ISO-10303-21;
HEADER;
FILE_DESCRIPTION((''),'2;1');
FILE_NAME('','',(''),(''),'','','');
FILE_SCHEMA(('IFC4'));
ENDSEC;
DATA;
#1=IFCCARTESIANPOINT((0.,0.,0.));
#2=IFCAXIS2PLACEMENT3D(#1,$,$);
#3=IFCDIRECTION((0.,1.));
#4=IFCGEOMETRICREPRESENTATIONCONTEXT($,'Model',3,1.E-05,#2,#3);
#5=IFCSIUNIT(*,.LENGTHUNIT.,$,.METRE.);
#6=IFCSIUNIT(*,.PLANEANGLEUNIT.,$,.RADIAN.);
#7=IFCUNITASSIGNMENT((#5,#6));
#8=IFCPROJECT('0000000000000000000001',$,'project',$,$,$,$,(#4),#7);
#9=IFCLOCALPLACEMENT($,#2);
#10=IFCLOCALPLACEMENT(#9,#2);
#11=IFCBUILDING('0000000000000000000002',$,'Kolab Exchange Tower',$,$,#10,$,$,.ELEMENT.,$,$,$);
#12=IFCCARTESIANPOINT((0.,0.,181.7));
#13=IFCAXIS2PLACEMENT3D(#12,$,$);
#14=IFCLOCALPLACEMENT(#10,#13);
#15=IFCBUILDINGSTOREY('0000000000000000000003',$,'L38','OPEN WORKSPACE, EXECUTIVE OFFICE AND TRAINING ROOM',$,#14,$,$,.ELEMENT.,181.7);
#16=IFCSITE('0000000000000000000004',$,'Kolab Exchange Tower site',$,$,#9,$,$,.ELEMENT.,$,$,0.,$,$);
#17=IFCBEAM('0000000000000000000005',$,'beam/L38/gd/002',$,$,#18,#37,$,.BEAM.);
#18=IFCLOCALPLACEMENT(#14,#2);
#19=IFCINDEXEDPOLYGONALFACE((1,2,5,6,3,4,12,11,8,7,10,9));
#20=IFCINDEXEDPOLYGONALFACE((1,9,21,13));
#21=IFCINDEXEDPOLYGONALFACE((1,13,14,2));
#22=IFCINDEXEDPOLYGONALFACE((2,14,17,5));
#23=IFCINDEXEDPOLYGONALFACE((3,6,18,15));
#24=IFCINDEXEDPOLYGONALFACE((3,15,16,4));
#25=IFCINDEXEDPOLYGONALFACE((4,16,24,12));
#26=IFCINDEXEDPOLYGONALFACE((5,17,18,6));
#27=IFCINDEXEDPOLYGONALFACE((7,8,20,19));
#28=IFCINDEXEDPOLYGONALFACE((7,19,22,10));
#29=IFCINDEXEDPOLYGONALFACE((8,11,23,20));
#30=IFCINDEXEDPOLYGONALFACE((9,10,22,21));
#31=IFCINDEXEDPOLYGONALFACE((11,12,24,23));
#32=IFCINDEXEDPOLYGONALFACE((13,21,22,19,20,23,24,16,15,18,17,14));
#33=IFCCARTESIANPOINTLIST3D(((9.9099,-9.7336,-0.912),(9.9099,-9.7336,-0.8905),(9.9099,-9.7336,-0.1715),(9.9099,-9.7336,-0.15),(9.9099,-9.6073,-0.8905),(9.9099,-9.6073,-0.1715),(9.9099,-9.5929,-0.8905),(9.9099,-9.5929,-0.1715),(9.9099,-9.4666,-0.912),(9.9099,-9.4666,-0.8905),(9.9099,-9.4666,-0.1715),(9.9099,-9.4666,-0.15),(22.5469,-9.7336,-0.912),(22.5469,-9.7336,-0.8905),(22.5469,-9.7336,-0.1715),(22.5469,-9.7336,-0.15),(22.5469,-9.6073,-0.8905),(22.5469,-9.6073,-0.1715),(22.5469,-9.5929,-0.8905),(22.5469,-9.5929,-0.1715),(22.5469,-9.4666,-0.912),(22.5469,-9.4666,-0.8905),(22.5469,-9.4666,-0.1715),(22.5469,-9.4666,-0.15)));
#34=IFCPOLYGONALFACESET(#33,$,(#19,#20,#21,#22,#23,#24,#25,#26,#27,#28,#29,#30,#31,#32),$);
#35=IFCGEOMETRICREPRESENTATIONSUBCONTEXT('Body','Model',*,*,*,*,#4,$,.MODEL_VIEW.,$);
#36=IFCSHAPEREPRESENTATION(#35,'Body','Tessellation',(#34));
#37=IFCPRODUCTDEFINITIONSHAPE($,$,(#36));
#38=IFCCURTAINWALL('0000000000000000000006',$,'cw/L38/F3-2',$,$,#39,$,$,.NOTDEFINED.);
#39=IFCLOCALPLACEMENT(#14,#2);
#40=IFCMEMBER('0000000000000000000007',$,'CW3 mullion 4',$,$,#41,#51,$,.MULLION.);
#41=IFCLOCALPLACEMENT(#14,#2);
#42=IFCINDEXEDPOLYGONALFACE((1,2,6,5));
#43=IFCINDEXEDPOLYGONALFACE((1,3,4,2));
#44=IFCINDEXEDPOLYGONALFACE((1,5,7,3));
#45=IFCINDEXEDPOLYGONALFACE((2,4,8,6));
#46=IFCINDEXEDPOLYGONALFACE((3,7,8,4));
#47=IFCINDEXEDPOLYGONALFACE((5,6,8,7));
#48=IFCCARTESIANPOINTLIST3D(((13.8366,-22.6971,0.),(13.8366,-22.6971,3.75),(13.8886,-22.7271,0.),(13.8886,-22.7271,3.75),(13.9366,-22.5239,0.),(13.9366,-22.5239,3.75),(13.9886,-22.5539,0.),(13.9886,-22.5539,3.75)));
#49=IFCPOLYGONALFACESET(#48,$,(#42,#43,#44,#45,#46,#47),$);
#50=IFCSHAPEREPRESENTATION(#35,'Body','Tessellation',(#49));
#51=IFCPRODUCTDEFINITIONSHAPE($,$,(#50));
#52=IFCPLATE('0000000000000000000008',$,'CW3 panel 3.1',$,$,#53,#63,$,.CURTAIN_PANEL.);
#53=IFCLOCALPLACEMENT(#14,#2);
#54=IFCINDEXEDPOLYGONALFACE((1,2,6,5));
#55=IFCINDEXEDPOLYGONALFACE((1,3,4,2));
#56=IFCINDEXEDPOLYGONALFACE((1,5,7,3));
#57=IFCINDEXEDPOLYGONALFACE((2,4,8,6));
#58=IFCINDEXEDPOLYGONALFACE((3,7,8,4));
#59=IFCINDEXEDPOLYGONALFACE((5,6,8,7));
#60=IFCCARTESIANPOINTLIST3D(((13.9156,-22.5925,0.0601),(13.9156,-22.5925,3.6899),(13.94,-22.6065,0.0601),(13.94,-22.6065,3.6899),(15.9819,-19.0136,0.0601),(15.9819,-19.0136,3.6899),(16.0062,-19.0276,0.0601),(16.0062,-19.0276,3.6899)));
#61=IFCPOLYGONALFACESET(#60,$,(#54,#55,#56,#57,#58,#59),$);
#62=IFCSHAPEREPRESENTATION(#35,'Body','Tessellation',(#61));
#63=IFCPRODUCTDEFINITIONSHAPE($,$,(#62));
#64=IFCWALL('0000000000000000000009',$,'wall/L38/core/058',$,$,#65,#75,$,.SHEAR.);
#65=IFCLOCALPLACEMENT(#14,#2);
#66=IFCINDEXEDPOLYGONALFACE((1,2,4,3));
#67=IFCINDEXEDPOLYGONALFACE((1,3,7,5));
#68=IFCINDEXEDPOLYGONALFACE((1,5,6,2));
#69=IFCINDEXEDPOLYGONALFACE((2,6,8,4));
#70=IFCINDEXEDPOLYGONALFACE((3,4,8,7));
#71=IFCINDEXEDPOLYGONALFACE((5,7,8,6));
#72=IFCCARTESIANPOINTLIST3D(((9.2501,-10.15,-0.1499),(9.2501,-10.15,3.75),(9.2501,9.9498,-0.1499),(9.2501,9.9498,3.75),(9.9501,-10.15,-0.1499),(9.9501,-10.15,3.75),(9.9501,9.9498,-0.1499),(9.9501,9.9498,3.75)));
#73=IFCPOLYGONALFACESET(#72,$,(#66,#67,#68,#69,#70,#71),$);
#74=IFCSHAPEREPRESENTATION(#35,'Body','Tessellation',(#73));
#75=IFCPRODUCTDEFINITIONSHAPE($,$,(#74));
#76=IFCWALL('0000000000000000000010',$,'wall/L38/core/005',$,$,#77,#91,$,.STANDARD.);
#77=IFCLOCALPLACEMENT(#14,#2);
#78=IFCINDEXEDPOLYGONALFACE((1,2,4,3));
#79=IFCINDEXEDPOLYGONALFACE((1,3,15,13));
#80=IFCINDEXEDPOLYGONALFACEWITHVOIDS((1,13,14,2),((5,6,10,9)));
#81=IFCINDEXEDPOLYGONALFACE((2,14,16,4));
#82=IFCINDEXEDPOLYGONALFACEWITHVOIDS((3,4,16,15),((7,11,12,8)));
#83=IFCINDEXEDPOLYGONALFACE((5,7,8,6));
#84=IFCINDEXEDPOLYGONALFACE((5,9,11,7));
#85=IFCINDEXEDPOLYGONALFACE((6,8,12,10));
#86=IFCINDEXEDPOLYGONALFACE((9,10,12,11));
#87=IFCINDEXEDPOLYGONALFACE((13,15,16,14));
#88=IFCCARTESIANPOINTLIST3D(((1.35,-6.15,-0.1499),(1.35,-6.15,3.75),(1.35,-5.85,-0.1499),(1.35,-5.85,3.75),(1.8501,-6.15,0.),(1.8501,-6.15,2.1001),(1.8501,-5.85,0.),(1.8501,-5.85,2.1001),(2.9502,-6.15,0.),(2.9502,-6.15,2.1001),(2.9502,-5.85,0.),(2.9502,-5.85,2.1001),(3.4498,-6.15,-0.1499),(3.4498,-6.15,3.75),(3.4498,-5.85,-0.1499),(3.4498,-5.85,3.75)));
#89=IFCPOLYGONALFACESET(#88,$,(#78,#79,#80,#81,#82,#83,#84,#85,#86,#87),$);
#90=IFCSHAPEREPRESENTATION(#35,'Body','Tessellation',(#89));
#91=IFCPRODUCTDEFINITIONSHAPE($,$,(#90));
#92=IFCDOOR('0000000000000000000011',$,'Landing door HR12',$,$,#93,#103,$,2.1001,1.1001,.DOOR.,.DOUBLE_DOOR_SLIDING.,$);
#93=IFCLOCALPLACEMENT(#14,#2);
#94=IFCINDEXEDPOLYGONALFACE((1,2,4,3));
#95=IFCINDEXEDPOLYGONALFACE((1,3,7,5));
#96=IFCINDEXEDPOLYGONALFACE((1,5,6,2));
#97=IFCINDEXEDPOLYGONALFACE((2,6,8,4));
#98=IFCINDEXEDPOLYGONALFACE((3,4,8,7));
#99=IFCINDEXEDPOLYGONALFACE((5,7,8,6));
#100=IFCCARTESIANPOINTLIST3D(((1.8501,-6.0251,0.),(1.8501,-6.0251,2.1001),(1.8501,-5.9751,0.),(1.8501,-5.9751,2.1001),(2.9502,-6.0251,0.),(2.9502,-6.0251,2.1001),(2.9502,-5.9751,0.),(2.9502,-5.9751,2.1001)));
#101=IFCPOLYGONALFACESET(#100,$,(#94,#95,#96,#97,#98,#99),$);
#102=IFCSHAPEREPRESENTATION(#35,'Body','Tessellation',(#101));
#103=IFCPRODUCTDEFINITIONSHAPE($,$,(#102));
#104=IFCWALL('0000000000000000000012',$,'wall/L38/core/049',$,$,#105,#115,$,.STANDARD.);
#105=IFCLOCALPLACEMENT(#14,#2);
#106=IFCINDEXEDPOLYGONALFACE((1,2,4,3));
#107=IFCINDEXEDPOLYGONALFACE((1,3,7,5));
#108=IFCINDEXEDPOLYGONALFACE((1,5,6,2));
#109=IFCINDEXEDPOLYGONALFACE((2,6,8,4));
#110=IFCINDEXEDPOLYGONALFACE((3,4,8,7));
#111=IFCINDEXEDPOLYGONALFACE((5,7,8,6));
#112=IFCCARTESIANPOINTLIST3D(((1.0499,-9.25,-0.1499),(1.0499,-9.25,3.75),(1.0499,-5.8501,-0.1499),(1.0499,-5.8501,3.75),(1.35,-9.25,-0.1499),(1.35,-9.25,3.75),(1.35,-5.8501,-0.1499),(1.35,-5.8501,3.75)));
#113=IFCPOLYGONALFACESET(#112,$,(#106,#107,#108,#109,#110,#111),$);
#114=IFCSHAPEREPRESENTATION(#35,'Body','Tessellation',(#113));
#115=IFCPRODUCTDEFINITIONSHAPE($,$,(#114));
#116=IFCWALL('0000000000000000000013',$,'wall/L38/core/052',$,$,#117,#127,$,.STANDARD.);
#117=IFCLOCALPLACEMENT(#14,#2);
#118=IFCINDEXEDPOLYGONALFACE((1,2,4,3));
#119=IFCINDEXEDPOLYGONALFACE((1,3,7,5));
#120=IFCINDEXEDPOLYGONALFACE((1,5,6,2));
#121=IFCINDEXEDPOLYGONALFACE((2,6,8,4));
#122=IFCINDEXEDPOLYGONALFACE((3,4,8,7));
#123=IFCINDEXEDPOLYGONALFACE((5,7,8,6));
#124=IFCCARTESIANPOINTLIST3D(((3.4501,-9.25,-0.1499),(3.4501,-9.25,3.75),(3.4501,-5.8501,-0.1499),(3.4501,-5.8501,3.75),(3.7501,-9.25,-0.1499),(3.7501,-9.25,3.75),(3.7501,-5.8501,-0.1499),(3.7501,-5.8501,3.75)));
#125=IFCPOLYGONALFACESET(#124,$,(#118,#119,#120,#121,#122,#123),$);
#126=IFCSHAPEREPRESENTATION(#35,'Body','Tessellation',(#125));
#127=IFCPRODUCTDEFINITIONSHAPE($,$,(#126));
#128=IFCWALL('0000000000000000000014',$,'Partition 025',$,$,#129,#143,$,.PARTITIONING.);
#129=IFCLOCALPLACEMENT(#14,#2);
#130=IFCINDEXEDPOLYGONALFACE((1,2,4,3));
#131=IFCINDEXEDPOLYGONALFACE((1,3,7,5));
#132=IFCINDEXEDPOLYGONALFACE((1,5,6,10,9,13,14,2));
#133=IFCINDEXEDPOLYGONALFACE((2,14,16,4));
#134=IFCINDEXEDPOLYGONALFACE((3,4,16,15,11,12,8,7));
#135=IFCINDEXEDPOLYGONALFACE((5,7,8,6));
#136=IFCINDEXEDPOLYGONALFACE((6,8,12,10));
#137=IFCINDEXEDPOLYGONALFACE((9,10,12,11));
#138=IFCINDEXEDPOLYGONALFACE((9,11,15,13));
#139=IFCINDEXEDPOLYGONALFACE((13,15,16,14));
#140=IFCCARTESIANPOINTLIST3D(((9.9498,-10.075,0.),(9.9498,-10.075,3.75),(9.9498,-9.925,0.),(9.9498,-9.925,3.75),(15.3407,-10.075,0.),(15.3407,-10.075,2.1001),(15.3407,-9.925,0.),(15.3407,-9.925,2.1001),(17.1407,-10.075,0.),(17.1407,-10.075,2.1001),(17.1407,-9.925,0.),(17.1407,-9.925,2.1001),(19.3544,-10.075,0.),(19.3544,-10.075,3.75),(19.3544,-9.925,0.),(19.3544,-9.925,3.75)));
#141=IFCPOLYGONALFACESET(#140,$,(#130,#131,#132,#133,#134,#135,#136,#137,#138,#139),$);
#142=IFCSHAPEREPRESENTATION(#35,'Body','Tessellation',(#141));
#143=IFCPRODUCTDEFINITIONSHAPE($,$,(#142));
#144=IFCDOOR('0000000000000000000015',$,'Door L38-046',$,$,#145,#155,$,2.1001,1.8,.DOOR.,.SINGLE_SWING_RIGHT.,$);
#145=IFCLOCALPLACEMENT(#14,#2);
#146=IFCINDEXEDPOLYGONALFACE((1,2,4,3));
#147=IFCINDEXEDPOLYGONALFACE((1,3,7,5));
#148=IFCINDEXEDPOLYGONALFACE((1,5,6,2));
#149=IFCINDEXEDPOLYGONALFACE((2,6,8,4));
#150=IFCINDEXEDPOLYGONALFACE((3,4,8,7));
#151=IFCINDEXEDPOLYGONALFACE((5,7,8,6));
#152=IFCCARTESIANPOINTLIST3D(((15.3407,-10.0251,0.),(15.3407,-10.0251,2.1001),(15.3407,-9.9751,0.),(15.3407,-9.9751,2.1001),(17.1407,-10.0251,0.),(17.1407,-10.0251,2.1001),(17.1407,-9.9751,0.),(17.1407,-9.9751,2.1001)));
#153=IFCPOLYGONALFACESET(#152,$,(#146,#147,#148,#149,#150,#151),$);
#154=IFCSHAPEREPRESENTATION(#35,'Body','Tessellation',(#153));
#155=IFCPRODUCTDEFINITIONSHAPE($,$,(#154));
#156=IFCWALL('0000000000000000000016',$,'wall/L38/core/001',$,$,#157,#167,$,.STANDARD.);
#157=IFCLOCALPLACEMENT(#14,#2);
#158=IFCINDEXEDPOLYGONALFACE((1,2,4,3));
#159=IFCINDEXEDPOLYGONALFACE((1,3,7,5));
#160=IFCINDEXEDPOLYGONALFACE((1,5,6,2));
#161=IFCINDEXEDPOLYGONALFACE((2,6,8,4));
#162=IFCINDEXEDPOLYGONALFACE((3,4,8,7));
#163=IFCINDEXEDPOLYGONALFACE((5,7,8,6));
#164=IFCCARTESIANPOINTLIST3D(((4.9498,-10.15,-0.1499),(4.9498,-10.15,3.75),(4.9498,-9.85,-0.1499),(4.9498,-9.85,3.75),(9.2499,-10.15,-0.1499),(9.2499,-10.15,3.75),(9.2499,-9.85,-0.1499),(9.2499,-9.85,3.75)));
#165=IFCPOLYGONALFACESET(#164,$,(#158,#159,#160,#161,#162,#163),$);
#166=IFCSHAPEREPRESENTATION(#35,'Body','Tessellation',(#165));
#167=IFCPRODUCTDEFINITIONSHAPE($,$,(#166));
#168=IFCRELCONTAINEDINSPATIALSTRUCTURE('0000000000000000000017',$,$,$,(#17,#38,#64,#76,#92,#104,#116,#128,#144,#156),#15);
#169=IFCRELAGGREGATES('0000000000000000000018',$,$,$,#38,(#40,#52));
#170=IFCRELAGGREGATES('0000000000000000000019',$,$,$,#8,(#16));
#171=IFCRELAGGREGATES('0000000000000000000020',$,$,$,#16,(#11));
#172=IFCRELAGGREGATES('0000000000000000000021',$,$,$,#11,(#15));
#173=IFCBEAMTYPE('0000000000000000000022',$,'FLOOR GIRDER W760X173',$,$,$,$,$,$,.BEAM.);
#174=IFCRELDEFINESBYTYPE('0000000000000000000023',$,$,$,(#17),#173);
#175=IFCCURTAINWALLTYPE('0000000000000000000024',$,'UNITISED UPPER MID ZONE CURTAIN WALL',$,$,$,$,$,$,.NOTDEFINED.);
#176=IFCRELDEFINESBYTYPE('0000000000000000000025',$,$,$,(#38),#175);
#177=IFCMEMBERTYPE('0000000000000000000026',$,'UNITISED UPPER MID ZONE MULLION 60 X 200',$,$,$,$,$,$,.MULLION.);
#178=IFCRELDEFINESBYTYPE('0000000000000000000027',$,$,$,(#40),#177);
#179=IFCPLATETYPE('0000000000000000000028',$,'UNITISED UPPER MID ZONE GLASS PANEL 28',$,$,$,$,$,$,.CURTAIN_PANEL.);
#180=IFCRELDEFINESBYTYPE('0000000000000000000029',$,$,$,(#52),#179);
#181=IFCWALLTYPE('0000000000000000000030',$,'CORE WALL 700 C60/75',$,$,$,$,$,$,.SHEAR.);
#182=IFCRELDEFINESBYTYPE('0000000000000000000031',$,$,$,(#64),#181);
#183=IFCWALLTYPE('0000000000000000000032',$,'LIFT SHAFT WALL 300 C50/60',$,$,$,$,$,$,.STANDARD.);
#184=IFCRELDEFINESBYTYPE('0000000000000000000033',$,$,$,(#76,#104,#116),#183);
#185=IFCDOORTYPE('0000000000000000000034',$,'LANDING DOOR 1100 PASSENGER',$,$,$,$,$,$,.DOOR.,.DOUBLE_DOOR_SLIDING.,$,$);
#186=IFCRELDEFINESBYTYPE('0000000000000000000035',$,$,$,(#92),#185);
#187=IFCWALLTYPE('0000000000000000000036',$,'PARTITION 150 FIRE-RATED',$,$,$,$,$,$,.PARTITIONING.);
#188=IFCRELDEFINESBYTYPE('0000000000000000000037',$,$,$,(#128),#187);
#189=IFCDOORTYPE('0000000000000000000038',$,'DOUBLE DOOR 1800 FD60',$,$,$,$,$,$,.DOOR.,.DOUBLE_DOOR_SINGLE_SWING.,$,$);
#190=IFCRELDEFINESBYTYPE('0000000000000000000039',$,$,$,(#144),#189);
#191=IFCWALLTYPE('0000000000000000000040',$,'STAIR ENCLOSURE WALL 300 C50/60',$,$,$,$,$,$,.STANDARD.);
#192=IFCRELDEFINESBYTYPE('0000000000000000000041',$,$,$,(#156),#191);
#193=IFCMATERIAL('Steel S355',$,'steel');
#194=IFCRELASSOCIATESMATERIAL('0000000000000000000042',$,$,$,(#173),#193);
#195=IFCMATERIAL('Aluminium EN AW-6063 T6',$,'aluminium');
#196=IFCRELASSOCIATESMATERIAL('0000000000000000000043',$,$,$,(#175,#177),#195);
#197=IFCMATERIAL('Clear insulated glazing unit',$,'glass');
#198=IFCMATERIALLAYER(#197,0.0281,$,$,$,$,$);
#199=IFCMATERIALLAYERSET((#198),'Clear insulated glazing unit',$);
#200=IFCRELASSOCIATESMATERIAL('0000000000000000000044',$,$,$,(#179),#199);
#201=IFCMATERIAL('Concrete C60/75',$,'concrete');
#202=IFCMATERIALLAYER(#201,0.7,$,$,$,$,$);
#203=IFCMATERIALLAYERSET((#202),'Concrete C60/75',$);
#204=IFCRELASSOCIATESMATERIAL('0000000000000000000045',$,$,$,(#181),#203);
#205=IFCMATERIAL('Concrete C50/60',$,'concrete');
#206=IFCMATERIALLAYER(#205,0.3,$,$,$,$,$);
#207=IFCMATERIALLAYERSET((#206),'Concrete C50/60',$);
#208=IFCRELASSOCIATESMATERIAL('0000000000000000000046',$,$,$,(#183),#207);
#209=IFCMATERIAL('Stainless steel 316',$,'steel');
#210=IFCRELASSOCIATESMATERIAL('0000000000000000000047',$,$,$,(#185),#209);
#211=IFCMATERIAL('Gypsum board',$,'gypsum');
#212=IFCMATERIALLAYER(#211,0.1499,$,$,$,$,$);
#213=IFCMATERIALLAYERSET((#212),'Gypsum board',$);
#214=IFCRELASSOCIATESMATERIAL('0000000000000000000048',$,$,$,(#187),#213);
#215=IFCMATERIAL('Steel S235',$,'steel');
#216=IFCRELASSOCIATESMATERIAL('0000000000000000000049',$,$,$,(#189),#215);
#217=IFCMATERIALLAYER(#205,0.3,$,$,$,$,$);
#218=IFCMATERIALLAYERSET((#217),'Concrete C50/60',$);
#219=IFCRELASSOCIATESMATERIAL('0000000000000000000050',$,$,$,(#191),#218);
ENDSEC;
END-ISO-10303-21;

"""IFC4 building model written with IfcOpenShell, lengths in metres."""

from ifc_helpers import new_model, si_unit, direction, frame, frame_2d, origin, origin_2d, place, context, subcontext, project, spatial, rectangle, i_section, extrude, material, layer, layer_set, material_profile, profile_set, type_object, element, fill, aggregate, save


model = new_model("IFC4")

# Units and contexts
model_context = context("Model", 3, precision=1e-05, world=origin(), true_north=direction((0.0, 1.0)))
body_context = subcontext(model_context, "Body", "Model", "MODEL_VIEW")
ifc_project = project(units=[si_unit("LENGTHUNIT", "METRE"), si_unit("PLANEANGLEUNIT", "RADIAN")], contexts=[model_context])

# Site, building, storey
site_placement = place(None, origin())
site = spatial("IfcSite", under=ifc_project, at=site_placement, Name="Kolab Exchange Tower site", CompositionType="ELEMENT", RefElevation=0.0)
building_placement = place(site_placement, origin())
building = spatial("IfcBuilding", under=site, at=building_placement, Name="Kolab Exchange Tower", CompositionType="ELEMENT")
storey_placement = place(building_placement, frame((0.0, 0.0, 181.7)))
storey = spatial("IfcBuildingStorey", under=building, at=storey_placement, Name="L38", Description="OPEN WORKSPACE, EXECUTIVE OFFICE AND TRAINING ROOM", CompositionType="ELEMENT", Elevation=181.7)

# Beam
ifc_material_1 = material(Name="Steel S355", Category="steel")
ifc_material_profile_1 = material_profile(ifc_material_1, i_section(OverallWidth=0.2671, OverallDepth=0.762, WebThickness=0.0144, FlangeThickness=0.0215, at=origin_2d()), Name="W760X173")
ifc_profile_set_1 = profile_set([ifc_material_profile_1], Name="Steel S355")
beam_type = type_object("IfcBeamType", Name="FLOOR GIRDER W760X173", PredefinedType="BEAM", material=ifc_profile_set_1)
beam_placement = place(storey_placement, frame((9.9099, -9.6001, -0.531), z_axis=(1.0, 0.0, 0.0), x_axis=(0.0, 1.0, 0.0)))
element("IfcBeam", 1, at=beam_placement, inside=storey, type_object=beam_type, Name="beam/L38/gd/002", PredefinedType="BEAM", context=body_context, shape_type="SweptSolid", body=[
    extrude(i_section(OverallWidth=0.2671, OverallDepth=0.762, WebThickness=0.0144, FlangeThickness=0.0215, at=origin_2d()), origin(), (0.0, 0.0, 1.0), 12.637),
])

# Curtain wall, member, plate
ifc_material_2 = material(Name="Aluminium EN AW-6063 T6", Category="aluminium")
curtain_wall_type = type_object("IfcCurtainWallType", Name="UNITISED UPPER MID ZONE CURTAIN WALL", PredefinedType="NOTDEFINED", material=ifc_material_2)
curtain_wall_placement = place(storey_placement, origin())
curtain_wall = element("IfcCurtainWall", 2, at=curtain_wall_placement, inside=storey, type_object=curtain_wall_type, Name="cw/L38/F3-2", PredefinedType="NOTDEFINED")
ifc_material_profile_2 = material_profile(ifc_material_2, rectangle(XDim=0.0601, YDim=0.2, at=origin_2d()), Name="RECT 60X200")
ifc_profile_set_2 = profile_set([ifc_material_profile_2], Name="Aluminium EN AW-6063 T6")
member_type = type_object("IfcMemberType", Name="UNITISED UPPER MID ZONE MULLION 60 X 200", PredefinedType="MULLION", material=ifc_profile_set_2)
member_placement = place(storey_placement, frame((13.9126, -22.6255, 0.0), z_axis=(0.0, 0.0, 1.0), x_axis=(0.866025, -0.5, 0.0)))
member = element("IfcMember", 3, at=member_placement, type_object=member_type, Name="CW3 mullion 4", PredefinedType="MULLION", context=body_context, shape_type="SweptSolid", body=[
    extrude(rectangle(XDim=0.0601, YDim=0.2, at=origin_2d()), origin(), (0.0, 0.0, 1.0), 3.75),
])
ifc_material_3 = material(Name="Clear insulated glazing unit", Category="glass")
ifc_layer_1 = layer(ifc_material_3, 0.0281)
ifc_layer_set_1 = layer_set([ifc_layer_1], Name="Clear insulated glazing unit")
plate_type = type_object("IfcPlateType", Name="UNITISED UPPER MID ZONE GLASS PANEL 28", PredefinedType="CURTAIN_PANEL", material=ifc_layer_set_1)
plate_placement = place(storey_placement, frame((14.9609, -20.8101, 0.0601), z_axis=(0.0, 0.0, 1.0), x_axis=(-0.5, -0.866025, 0.0)))
plate = element("IfcPlate", 4, at=plate_placement, type_object=plate_type, Name="CW3 panel 3.1", PredefinedType="CURTAIN_PANEL", context=body_context, shape_type="SweptSolid", body=[
    extrude(rectangle(XDim=4.1326, YDim=0.0281, at=origin_2d()), origin(), (0.0, 0.0, 1.0), 3.6299),
])
aggregate(curtain_wall, [member, plate])

# Wall
ifc_material_4 = material(Name="Concrete C60/75", Category="concrete")
ifc_layer_2 = layer(ifc_material_4, 0.7)
ifc_layer_set_2 = layer_set([ifc_layer_2], Name="Concrete C60/75")
wall_type_1 = type_object("IfcWallType", Name="CORE WALL 700 C60/75", PredefinedType="SHEAR", material=ifc_layer_set_2)
wall_1_placement = place(storey_placement, frame((9.6001, -10.1499, -0.1499), z_axis=(0.0, 0.0, 1.0), x_axis=(0.0, 1.0, 0.0)))
element("IfcWall", 5, at=wall_1_placement, inside=storey, type_object=wall_type_1, Name="wall/L38/core/058", PredefinedType="SHEAR", context=body_context, shape_type="SweptSolid", body=[
    extrude(rectangle(XDim=20.0999, YDim=0.7, at=frame_2d((10.0498, 0.0))), origin(), (0.0, 0.0, 1.0), 3.8999),
])

# Wall, opening, door
ifc_material_5 = material(Name="Concrete C50/60", Category="concrete")
ifc_layer_3 = layer(ifc_material_5, 0.3)
ifc_layer_set_3 = layer_set([ifc_layer_3], Name="Concrete C50/60")
wall_type_2 = type_object("IfcWallType", Name="LIFT SHAFT WALL 300 C50/60", PredefinedType="STANDARD", material=ifc_layer_set_3)
wall_2_placement = place(storey_placement, frame((1.3501, -6.0, -0.1499), z_axis=(0.0, 0.0, 1.0), x_axis=(1.0, 0.0, 0.0)))
wall_2 = element("IfcWall", 6, at=wall_2_placement, inside=storey, type_object=wall_type_2, Name="wall/L38/core/005", PredefinedType="STANDARD", context=body_context, shape_type="SweptSolid", body=[
    extrude(rectangle(XDim=2.0999, YDim=0.3, at=frame_2d((1.0498, 0.0))), origin(), (0.0, 0.0, 1.0), 3.8999),
])
opening_1_placement = place(wall_2_placement, frame((0.5, 0.0, 0.1499)))
opening_1 = element("IfcOpeningElement", 7, at=opening_1_placement, cuts=wall_2, PredefinedType="OPENING", context=body_context, shape_type="SweptSolid", body=[
    extrude(rectangle(XDim=1.1001, YDim=2.1001, at=frame_2d((0.55, 1.05))), frame((0.0, 0.1602, 0.0), z_axis=(0.0, -1.0, 0.0), x_axis=(1.0, 0.0, 0.0)), (0.0, 0.0, 1.0), 0.3201),
])
ifc_material_6 = material(Name="Stainless steel 316", Category="steel")
door_type_1 = type_object("IfcDoorType", Name="LANDING DOOR 1100 PASSENGER", OperationType="DOUBLE_DOOR_SLIDING", PredefinedType="DOOR", material=ifc_material_6)
door_1_placement = place(opening_1_placement, origin())
door_1 = element("IfcDoor", 8, at=door_1_placement, inside=storey, type_object=door_type_1, Name="Landing door HR12", OperationType="DOUBLE_DOOR_SLIDING", OverallHeight=2.1001, OverallWidth=1.1001, PredefinedType="DOOR", context=body_context, shape_type="SweptSolid", body=[
    extrude(rectangle(XDim=1.1001, YDim=2.1001, at=frame_2d((0.55, 1.05))), frame((0.0, 0.0249, 0.0), z_axis=(0.0, -1.0, 0.0), x_axis=(1.0, 0.0, 0.0)), (0.0, 0.0, 1.0), 0.05),
])
fill(opening_1, door_1)

# Walls
for number, where, z_axis, x_axis, name in (
    (9, (1.2, -9.25, -0.1499), (0.0, 0.0, 1.0), (0.0, 1.0, 0.0), "wall/L38/core/049"),
    (10, (3.6001, -9.25, -0.1499), (0.0, 0.0, 1.0), (0.0, 1.0, 0.0), "wall/L38/core/052"),
):
    element("IfcWall", number, at=place(storey_placement, frame(where, z_axis=z_axis, x_axis=x_axis)), inside=storey, type_object=wall_type_2, Name=name, PredefinedType="STANDARD", context=body_context, shape_type="SweptSolid", body=[
        extrude(rectangle(XDim=3.3999, YDim=0.3, at=frame_2d((1.7, 0.0))), origin(), (0.0, 0.0, 1.0), 3.8999),
    ])

# Wall, opening, door
ifc_material_7 = material(Name="Gypsum board", Category="gypsum")
ifc_layer_4 = layer(ifc_material_7, 0.1499)
ifc_layer_set_4 = layer_set([ifc_layer_4], Name="Gypsum board")
wall_type_3 = type_object("IfcWallType", Name="PARTITION 150 FIRE-RATED", PredefinedType="PARTITIONING", material=ifc_layer_set_4)
wall_3_placement = place(storey_placement, frame((9.95, -10.0, 0.0), z_axis=(0.0, 0.0, 1.0), x_axis=(1.0, 0.0, 0.0)))
wall_3 = element("IfcWall", 11, at=wall_3_placement, inside=storey, type_object=wall_type_3, Name="Partition 025", PredefinedType="PARTITIONING", context=body_context, shape_type="SweptSolid", body=[
    extrude(rectangle(XDim=9.4045, YDim=0.1499, at=frame_2d((4.7021, 0.0))), origin(), (0.0, 0.0, 1.0), 3.75),
])
opening_2_placement = place(wall_3_placement, frame((5.3909, 0.0, 0.0)))
opening_2 = element("IfcOpeningElement", 12, at=opening_2_placement, cuts=wall_3, PredefinedType="OPENING", context=body_context, shape_type="SweptSolid", body=[
    extrude(rectangle(XDim=1.8, YDim=2.1001, at=frame_2d((0.8999, 1.05))), frame((0.0, 0.085, 0.0), z_axis=(0.0, -1.0, 0.0), x_axis=(1.0, 0.0, 0.0)), (0.0, 0.0, 1.0), 0.1699),
])
ifc_material_8 = material(Name="Steel S235", Category="steel")
door_type_2 = type_object("IfcDoorType", Name="DOUBLE DOOR 1800 FD60", OperationType="DOUBLE_DOOR_SINGLE_SWING", PredefinedType="DOOR", material=ifc_material_8)
door_2_placement = place(opening_2_placement, origin())
door_2 = element("IfcDoor", 13, at=door_2_placement, inside=storey, type_object=door_type_2, Name="Door L38-046", OperationType="SINGLE_SWING_RIGHT", OverallHeight=2.1001, OverallWidth=1.8, PredefinedType="DOOR", context=body_context, shape_type="SweptSolid", body=[
    extrude(rectangle(XDim=1.8, YDim=2.1001, at=frame_2d((0.8999, 1.05))), frame((0.0, 0.0249, 0.0), z_axis=(0.0, -1.0, 0.0), x_axis=(1.0, 0.0, 0.0)), (0.0, 0.0, 1.0), 0.05),
])
fill(opening_2, door_2)

# Wall
ifc_layer_5 = layer(ifc_material_5, 0.3)
ifc_layer_set_5 = layer_set([ifc_layer_5], Name="Concrete C50/60")
wall_type_4 = type_object("IfcWallType", Name="STAIR ENCLOSURE WALL 300 C50/60", PredefinedType="STANDARD", material=ifc_layer_set_5)
wall_4_placement = place(storey_placement, frame((4.95, -10.0, -0.1499), z_axis=(0.0, 0.0, 1.0), x_axis=(1.0, 0.0, 0.0)))
element("IfcWall", 14, at=wall_4_placement, inside=storey, type_object=wall_type_4, Name="wall/L38/core/001", PredefinedType="STANDARD", context=body_context, shape_type="SweptSolid", body=[
    extrude(rectangle(XDim=4.3, YDim=0.3, at=frame_2d((2.1499, 0.0))), origin(), (0.0, 0.0, 1.0), 3.8999),
])

save(model, "model.ifc")
